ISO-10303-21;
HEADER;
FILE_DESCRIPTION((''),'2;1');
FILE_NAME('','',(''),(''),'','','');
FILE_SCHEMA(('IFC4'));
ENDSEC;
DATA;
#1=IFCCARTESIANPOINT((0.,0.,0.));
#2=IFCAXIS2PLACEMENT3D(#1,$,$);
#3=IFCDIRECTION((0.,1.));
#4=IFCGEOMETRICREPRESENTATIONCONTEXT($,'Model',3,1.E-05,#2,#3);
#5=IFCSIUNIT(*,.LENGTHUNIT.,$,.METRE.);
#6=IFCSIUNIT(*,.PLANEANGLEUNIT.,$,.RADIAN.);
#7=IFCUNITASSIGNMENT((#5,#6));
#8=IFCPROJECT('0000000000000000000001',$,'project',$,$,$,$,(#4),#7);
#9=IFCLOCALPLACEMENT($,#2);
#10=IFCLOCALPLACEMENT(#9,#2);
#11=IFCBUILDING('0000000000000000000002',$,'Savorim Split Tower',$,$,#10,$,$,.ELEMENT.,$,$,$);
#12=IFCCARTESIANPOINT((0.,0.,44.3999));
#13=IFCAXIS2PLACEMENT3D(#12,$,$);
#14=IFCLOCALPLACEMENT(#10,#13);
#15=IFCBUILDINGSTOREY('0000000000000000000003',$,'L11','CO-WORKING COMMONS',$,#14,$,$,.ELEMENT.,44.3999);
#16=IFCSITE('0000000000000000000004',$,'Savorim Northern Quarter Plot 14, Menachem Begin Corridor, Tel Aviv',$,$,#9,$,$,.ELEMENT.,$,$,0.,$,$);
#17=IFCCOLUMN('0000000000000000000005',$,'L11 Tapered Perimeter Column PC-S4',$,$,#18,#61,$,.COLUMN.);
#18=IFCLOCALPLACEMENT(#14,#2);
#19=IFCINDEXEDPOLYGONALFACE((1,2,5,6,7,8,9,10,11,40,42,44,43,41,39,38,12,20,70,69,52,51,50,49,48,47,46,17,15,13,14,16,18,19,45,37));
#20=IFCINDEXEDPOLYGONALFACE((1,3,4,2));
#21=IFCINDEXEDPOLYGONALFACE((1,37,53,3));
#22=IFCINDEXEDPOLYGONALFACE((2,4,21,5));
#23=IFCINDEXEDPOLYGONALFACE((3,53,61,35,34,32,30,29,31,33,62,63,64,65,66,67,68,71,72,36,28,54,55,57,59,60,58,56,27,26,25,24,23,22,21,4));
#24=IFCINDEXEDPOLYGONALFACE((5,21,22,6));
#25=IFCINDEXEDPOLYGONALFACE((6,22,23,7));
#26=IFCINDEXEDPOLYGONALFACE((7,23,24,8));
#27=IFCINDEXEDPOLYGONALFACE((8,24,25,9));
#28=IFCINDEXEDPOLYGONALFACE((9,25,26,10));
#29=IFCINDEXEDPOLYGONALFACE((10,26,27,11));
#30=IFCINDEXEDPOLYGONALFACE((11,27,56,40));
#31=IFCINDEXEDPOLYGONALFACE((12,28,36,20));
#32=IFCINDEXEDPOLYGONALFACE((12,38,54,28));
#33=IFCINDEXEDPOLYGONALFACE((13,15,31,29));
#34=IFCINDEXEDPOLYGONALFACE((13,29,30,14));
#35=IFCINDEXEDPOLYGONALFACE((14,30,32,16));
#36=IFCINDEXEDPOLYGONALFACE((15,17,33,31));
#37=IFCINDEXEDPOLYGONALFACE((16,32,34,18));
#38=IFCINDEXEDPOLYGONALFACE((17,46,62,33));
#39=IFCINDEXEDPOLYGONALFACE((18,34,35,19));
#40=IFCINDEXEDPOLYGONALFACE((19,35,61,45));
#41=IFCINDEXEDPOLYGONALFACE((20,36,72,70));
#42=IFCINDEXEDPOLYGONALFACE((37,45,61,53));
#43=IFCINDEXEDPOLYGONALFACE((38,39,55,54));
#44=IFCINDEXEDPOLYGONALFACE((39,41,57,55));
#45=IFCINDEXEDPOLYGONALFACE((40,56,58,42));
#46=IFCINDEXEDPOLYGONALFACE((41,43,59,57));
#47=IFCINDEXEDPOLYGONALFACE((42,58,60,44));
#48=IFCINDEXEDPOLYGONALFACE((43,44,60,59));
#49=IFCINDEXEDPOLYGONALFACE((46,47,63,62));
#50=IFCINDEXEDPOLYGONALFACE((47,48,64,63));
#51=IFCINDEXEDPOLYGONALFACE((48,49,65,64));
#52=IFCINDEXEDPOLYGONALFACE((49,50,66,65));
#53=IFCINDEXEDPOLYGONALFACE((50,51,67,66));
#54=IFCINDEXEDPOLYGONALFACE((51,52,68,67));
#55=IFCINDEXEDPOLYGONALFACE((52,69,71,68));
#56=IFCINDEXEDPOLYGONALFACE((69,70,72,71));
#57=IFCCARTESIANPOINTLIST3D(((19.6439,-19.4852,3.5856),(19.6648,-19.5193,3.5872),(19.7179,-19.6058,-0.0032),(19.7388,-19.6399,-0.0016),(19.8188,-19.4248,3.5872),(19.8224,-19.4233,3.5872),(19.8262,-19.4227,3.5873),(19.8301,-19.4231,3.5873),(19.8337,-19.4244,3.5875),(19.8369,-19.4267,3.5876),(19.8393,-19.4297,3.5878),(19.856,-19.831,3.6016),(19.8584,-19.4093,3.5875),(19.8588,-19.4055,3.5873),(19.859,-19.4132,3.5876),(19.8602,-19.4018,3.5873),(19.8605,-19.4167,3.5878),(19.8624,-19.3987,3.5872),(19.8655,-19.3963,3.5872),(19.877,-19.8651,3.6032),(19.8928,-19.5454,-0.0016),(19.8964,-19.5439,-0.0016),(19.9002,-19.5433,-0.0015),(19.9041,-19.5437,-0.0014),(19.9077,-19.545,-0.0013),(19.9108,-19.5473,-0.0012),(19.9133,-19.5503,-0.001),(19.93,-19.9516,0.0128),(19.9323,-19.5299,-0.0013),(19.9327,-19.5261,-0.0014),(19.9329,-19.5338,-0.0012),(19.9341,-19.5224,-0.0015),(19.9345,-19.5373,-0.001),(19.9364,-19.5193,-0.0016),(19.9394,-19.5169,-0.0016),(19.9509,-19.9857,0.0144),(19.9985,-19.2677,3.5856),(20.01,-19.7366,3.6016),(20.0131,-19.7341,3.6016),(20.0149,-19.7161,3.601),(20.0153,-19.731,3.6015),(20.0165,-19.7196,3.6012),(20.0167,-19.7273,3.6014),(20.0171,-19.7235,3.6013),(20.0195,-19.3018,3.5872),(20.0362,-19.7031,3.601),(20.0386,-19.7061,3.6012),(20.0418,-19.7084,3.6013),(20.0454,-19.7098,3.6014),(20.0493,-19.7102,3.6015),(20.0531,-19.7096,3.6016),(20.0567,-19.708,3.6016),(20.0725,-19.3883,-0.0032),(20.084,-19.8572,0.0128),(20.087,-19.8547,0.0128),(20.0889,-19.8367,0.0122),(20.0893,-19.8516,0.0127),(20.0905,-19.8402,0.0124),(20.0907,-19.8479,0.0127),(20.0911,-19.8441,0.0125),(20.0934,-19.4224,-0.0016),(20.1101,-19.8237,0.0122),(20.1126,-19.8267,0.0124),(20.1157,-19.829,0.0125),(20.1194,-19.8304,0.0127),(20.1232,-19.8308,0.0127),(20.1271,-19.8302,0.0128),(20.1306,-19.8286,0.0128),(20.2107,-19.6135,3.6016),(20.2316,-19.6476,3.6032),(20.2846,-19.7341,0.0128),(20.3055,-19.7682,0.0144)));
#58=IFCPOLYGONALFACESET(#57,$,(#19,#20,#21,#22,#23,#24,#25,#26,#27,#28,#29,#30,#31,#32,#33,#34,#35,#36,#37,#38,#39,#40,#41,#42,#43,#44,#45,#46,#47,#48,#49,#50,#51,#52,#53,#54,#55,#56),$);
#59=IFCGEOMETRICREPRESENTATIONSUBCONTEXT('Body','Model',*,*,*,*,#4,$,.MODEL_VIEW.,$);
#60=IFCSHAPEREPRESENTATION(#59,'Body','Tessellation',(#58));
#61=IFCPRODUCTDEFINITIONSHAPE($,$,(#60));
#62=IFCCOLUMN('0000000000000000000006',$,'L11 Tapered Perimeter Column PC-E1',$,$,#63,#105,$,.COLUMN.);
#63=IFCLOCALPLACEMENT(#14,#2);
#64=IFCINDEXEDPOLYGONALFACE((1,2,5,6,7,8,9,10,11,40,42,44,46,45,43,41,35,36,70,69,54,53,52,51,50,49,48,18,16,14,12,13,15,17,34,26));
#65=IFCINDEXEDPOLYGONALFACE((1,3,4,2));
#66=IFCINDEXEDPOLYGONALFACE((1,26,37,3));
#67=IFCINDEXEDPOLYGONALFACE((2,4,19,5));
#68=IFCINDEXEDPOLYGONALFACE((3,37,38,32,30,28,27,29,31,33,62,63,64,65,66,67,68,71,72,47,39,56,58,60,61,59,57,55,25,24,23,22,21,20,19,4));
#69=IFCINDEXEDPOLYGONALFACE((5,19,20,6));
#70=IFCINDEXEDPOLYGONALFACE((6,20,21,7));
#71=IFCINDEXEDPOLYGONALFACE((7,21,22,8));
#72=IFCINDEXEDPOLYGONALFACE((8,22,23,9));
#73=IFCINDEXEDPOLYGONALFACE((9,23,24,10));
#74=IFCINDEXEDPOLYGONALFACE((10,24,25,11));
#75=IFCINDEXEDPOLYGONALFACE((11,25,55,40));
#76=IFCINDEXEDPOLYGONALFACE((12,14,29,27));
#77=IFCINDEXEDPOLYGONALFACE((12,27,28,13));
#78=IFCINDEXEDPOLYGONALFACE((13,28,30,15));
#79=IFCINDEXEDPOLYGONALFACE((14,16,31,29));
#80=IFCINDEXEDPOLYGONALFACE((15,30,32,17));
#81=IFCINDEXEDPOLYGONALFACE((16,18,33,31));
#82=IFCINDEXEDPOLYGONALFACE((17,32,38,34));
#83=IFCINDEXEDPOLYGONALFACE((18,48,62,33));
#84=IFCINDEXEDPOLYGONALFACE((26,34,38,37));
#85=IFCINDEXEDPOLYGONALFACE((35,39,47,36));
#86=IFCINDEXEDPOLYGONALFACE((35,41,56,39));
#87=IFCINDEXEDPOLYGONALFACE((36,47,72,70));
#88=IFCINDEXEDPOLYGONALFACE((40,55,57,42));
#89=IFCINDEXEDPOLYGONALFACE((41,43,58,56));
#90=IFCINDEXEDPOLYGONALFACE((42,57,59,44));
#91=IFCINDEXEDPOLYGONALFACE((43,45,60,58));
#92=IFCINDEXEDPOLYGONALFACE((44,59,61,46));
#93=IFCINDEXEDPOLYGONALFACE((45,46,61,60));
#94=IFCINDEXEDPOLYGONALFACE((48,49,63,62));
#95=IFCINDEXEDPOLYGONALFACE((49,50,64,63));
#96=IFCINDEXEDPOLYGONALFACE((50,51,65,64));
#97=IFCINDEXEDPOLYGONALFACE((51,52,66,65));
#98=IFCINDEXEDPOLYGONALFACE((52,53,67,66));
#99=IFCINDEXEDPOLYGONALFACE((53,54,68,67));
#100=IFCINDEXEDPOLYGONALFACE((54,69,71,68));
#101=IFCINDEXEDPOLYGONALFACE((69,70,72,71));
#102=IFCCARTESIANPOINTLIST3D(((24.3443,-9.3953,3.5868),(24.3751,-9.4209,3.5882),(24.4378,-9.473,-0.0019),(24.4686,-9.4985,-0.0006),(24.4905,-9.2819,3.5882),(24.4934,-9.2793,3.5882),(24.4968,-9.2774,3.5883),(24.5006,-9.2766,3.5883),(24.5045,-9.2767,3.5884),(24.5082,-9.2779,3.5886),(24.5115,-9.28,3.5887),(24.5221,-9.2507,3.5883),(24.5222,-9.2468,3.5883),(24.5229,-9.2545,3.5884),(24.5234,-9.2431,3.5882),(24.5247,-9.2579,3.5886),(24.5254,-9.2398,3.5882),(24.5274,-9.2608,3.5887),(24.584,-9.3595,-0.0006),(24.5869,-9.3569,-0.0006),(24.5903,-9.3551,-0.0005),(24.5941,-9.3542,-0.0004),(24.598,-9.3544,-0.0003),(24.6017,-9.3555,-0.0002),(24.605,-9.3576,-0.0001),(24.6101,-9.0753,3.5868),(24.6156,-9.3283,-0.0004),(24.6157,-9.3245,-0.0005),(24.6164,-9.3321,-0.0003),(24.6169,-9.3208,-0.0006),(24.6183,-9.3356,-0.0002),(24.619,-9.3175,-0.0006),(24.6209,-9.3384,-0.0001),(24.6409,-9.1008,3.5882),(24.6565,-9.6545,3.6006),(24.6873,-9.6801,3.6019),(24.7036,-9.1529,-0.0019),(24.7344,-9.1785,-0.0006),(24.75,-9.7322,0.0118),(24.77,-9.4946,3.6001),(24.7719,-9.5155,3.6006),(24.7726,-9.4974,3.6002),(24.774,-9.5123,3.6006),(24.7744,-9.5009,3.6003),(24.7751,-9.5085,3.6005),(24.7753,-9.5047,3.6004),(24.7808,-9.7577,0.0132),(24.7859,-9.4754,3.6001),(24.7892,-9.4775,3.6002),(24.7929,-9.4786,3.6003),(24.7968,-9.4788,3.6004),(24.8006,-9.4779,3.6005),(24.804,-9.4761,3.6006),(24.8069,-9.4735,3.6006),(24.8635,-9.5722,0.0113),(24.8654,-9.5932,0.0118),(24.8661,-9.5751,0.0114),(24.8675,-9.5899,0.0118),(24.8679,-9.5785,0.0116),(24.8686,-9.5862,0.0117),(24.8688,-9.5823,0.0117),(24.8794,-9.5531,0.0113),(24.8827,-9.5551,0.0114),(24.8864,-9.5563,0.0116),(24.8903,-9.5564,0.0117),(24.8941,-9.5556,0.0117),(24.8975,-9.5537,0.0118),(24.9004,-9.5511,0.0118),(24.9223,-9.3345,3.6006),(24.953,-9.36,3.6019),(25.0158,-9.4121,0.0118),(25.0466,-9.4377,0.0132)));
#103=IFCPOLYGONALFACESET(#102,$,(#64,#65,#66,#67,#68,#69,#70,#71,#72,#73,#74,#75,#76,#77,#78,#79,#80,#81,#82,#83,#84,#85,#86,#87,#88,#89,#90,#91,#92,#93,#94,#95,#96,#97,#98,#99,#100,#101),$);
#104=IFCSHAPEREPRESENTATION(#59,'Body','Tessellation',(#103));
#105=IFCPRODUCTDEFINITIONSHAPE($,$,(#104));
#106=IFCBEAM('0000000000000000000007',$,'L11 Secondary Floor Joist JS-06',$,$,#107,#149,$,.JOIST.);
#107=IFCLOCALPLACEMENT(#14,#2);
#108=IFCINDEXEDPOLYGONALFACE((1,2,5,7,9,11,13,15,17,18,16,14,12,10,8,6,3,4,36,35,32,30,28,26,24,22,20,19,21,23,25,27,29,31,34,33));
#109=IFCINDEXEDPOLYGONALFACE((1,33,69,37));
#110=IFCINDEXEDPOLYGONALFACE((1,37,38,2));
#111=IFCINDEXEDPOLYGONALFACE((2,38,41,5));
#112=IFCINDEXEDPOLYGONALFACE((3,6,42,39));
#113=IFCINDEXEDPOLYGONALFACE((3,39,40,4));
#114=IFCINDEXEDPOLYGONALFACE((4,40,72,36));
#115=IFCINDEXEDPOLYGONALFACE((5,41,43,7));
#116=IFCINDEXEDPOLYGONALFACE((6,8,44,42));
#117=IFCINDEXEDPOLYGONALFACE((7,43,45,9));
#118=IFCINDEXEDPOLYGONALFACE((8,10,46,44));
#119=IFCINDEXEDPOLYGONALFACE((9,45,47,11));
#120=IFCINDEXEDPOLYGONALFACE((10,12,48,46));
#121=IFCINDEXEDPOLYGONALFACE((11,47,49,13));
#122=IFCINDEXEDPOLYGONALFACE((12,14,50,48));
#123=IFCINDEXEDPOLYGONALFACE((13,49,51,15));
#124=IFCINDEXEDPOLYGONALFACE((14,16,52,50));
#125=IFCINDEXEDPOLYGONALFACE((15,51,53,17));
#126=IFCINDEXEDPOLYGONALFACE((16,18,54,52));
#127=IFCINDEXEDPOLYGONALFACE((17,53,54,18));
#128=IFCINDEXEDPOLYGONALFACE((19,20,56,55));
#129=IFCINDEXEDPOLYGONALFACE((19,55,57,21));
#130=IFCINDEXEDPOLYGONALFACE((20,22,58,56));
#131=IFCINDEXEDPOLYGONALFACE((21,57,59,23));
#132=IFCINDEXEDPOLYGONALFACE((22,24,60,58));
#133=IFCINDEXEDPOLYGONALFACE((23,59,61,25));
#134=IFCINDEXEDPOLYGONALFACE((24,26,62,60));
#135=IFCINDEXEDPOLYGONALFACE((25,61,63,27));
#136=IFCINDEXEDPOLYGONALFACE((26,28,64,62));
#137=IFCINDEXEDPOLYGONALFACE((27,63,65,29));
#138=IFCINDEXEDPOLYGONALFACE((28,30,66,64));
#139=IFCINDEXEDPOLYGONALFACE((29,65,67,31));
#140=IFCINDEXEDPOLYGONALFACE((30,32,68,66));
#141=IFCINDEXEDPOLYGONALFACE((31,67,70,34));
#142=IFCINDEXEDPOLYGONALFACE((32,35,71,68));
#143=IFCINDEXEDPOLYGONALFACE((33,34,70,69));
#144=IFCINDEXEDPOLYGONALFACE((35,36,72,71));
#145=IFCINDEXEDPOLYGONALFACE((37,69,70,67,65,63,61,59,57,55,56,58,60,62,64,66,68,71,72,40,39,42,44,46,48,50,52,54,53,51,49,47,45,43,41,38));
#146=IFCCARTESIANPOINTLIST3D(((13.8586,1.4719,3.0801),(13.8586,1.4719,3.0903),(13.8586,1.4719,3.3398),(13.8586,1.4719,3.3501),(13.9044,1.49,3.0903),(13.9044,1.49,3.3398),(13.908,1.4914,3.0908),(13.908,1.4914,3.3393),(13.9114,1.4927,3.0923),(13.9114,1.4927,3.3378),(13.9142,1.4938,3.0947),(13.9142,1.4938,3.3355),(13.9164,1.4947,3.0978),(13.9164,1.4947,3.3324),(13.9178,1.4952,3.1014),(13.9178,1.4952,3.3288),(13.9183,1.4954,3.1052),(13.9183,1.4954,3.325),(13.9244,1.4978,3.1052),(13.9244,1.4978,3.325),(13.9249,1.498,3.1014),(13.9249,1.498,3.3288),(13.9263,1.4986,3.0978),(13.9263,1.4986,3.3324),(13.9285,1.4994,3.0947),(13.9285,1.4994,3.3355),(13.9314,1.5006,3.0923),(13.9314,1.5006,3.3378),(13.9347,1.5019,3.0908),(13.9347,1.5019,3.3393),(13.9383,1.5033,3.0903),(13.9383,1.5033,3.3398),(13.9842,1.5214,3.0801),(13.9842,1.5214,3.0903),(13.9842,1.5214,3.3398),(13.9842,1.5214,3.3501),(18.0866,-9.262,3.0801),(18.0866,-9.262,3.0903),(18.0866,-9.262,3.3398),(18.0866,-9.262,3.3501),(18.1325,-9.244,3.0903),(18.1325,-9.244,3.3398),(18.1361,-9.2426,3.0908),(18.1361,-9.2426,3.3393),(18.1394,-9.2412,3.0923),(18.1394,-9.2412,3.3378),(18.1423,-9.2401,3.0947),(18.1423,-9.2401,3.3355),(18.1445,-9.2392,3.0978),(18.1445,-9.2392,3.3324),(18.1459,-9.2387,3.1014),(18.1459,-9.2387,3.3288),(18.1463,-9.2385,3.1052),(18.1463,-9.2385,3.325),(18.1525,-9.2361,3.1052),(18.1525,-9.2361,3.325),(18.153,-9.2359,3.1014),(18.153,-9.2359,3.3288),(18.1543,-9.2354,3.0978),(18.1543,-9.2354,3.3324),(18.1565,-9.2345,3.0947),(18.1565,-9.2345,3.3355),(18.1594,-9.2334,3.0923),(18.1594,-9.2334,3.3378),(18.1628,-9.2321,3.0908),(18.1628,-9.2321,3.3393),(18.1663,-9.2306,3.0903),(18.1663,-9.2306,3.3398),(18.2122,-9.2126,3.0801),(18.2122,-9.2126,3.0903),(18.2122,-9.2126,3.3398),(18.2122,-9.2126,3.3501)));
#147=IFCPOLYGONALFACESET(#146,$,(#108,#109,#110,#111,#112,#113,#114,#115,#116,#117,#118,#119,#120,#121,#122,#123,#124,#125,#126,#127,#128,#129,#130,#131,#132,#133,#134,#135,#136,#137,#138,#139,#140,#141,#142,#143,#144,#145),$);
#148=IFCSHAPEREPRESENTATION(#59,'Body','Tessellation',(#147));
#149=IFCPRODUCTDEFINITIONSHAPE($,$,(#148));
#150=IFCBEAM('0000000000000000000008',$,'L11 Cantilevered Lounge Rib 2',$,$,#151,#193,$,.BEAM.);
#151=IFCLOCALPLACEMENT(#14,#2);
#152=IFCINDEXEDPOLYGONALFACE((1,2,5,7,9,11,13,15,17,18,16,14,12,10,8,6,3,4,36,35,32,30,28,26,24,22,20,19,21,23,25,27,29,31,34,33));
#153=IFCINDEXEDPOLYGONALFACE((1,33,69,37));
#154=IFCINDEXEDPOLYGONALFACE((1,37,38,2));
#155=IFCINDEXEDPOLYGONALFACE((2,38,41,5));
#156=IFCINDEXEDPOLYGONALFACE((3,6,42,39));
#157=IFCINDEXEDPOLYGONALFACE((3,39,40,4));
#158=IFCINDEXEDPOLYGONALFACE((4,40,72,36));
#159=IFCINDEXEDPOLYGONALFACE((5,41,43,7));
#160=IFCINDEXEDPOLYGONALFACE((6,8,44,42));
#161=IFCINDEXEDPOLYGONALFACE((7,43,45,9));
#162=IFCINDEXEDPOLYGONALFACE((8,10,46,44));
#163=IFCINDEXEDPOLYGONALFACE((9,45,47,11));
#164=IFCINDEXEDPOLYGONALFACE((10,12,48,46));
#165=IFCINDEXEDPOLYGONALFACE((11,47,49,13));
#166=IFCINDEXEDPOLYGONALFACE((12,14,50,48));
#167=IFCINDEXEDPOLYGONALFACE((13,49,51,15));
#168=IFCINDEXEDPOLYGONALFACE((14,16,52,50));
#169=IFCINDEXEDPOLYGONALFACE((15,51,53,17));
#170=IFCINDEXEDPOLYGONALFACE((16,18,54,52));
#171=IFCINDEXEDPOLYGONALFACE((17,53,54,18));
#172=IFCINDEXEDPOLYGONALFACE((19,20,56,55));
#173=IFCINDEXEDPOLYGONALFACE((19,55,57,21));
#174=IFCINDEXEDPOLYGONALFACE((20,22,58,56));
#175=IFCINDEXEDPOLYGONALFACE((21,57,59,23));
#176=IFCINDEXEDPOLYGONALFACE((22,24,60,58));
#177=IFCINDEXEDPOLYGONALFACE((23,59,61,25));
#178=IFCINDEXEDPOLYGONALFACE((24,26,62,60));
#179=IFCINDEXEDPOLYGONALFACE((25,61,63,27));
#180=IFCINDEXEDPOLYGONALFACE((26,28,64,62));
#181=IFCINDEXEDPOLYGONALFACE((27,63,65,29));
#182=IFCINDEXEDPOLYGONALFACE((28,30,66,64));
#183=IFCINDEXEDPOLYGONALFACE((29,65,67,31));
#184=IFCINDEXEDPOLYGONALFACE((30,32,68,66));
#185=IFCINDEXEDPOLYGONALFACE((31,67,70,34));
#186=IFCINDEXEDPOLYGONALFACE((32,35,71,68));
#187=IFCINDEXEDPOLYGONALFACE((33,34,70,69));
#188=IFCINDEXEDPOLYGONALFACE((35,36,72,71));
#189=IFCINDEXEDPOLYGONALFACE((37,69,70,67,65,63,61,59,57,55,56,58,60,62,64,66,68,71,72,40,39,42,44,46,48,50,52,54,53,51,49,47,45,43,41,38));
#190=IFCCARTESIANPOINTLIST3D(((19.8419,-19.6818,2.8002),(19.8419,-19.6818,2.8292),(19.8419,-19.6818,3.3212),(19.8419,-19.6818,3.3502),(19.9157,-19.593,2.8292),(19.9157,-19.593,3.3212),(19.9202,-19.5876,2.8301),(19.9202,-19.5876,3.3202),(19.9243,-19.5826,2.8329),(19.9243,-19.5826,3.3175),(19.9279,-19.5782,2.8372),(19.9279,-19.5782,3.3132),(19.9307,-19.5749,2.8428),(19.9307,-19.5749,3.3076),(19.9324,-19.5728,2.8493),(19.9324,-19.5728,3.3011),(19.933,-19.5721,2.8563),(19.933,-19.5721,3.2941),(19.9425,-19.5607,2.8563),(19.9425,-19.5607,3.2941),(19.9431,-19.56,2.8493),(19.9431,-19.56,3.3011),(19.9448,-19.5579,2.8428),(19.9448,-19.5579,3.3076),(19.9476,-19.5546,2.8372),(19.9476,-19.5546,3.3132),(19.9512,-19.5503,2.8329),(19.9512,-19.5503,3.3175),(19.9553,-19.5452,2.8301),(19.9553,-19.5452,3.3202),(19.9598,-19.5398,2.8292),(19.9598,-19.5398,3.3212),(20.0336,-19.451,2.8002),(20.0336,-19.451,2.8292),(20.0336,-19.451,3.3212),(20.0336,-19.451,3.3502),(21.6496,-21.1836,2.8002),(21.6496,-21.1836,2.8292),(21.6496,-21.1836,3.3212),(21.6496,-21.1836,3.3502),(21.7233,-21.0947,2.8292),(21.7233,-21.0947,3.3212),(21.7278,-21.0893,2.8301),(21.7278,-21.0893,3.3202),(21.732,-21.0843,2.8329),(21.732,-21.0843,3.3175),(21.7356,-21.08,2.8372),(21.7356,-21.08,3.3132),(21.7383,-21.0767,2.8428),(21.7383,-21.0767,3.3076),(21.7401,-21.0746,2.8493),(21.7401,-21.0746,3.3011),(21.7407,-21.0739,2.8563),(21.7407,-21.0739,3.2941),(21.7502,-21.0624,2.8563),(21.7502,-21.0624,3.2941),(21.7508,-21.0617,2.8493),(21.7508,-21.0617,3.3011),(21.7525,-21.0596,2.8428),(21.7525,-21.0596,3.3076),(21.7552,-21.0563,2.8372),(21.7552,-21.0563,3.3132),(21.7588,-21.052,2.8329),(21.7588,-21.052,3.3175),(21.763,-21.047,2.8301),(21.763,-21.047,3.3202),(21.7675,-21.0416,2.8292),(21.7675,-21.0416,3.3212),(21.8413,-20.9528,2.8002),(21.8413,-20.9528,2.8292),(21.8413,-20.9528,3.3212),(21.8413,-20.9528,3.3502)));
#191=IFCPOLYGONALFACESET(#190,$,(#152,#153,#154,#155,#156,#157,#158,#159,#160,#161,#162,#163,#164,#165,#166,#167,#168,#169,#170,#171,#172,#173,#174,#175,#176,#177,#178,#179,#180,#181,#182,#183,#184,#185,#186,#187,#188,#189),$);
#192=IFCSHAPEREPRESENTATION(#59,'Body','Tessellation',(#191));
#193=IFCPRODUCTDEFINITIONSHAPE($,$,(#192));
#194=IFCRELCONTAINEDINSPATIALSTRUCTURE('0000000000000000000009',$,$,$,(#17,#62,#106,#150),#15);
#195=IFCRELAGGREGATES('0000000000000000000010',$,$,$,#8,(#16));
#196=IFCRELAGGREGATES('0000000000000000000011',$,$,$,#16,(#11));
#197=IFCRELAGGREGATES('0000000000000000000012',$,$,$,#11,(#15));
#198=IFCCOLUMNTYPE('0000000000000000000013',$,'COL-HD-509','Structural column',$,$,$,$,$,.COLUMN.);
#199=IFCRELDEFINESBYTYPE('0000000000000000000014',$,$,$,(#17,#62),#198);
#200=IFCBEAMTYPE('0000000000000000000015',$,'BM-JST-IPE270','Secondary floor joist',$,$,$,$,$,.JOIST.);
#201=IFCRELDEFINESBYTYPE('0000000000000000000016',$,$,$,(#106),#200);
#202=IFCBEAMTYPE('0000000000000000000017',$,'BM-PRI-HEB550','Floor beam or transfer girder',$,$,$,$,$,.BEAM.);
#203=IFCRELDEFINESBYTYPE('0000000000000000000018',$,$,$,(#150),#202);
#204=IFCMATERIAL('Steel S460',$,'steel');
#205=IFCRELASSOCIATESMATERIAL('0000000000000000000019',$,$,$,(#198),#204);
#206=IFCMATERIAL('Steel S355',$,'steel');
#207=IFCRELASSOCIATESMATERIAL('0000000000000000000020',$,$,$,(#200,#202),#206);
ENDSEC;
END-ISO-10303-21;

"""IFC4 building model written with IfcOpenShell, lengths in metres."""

from ifc_helpers import new_model, si_unit, direction, frame, origin, origin_2d, place, context, subcontext, project, spatial, i_section, extrude, material, material_profile, profile_set, type_object, element, save


model = new_model("IFC4")

# Units and contexts
model_context = context("Model", 3, precision=1e-05, world=origin(), true_north=direction((0.0, 1.0)))
body_context = subcontext(model_context, "Body", "Model", "MODEL_VIEW")
ifc_project = project(units=[si_unit("LENGTHUNIT", "METRE"), si_unit("PLANEANGLEUNIT", "RADIAN")], contexts=[model_context])

# Site, building, storey
site_placement = place(None, origin())
site = spatial("IfcSite", under=ifc_project, at=site_placement, Name="Savorim Northern Quarter Plot 14, Menachem Begin Corridor, Tel Aviv", CompositionType="ELEMENT", RefElevation=0.0)
building_placement = place(site_placement, origin())
building = spatial("IfcBuilding", under=site, at=building_placement, Name="Savorim Split Tower", CompositionType="ELEMENT")
storey_placement = place(building_placement, frame((0.0, 0.0, 44.3999)))
storey = spatial("IfcBuildingStorey", under=building, at=storey_placement, Name="L11", Description="CO-WORKING COMMONS", CompositionType="ELEMENT", Elevation=44.3999)

# Columns
ifc_material_1 = material(Name="Steel S460", Category="steel")
ifc_material_profile_1 = material_profile(ifc_material_1, i_section(OverallWidth=0.416, OverallDepth=0.446, WebThickness=0.0249, FlangeThickness=0.04, FilletRadius=0.0149, at=origin_2d()), Name="HD 400x509")
ifc_profile_set_1 = profile_set([ifc_material_profile_1], Name="Steel S460")
column_type = type_object("IfcColumnType", Name="COL-HD-509", Description="Structural column", PredefinedType="COLUMN", material=ifc_profile_set_1)
column_1_placement = place(storey_placement, frame((20.0117, -19.687, 0.0056), z_axis=(-0.020596, 0.033579, 0.999224), x_axis=(-0.852428, -0.522845, 0.0)))
element("IfcColumn", 1, at=column_1_placement, inside=storey, type_object=column_type, Name="L11 Tapered Perimeter Column PC-S4", PredefinedType="COLUMN", context=body_context, shape_type="SweptSolid", body=[
    extrude(i_section(OverallWidth=0.416, OverallDepth=0.446, WebThickness=0.0249, FlangeThickness=0.04, FilletRadius=0.0149, at=origin_2d()), origin(), (0.0, 0.0, 1.0), 3.5916),
])
column_2_placement = place(storey_placement, frame((24.7422, -9.4553, 0.0056), z_axis=(-0.026039, 0.02162, 0.999427), x_axis=(-0.6388, -0.769373, 0.0)))
element("IfcColumn", 2, at=column_2_placement, inside=storey, type_object=column_type, Name="L11 Tapered Perimeter Column PC-E1", PredefinedType="COLUMN", context=body_context, shape_type="SweptSolid", body=[
    extrude(i_section(OverallWidth=0.416, OverallDepth=0.446, WebThickness=0.0249, FlangeThickness=0.04, FilletRadius=0.0149, at=origin_2d()), origin(), (0.0, 0.0, 1.0), 3.5908),
])

# Beams
ifc_material_2 = material(Name="Steel S355", Category="steel")
ifc_material_profile_2 = material_profile(ifc_material_2, i_section(OverallWidth=0.135, OverallDepth=0.27, WebThickness=0.0066, FlangeThickness=0.0103, FilletRadius=0.0149, at=origin_2d()), Name="IPE 270")
ifc_profile_set_2 = profile_set([ifc_material_profile_2], Name="Steel S355")
beam_type_1 = type_object("IfcBeamType", Name="BM-JST-IPE270", Description="Secondary floor joist", PredefinedType="JOIST", material=ifc_profile_set_2)
beam_1_placement = place(storey_placement, frame((18.1494, -9.2373, 3.2151), z_axis=(-0.366489, 0.930422, 0.0), x_axis=(-0.930422, -0.366489, 0.0)))
element("IfcBeam", 3, at=beam_1_placement, inside=storey, type_object=beam_type_1, Name="L11 Secondary Floor Joist JS-06", PredefinedType="JOIST", context=body_context, shape_type="SweptSolid", body=[
    extrude(i_section(OverallWidth=0.135, OverallDepth=0.27, WebThickness=0.0066, FlangeThickness=0.0103, FilletRadius=0.0149, at=origin_2d()), origin(), (0.0, 0.0, 1.0), 11.5366),
])
ifc_material_profile_3 = material_profile(ifc_material_2, i_section(OverallWidth=0.3, OverallDepth=0.55, WebThickness=0.0149, FlangeThickness=0.0291, FilletRadius=0.0271, at=origin_2d()), Name="HEB 550")
ifc_profile_set_3 = profile_set([ifc_material_profile_3], Name="Steel S355")
beam_type_2 = type_object("IfcBeamType", Name="BM-PRI-HEB550", Description="Floor beam or transfer girder", PredefinedType="BEAM", material=ifc_profile_set_3)
beam_2_placement = place(storey_placement, frame((19.9377, -19.5664, 3.0752), z_axis=(0.769191, -0.639019, 0.0), x_axis=(0.639019, 0.769191, 0.0)))
element("IfcBeam", 4, at=beam_2_placement, inside=storey, type_object=beam_type_2, Name="L11 Cantilevered Lounge Rib 2", PredefinedType="BEAM", context=body_context, shape_type="SweptSolid", body=[
    extrude(i_section(OverallWidth=0.3, OverallDepth=0.55, WebThickness=0.0149, FlangeThickness=0.0291, FilletRadius=0.0271, at=origin_2d()), origin(), (0.0, 0.0, 1.0), 2.3501),
])

save(model, "model.ifc")
